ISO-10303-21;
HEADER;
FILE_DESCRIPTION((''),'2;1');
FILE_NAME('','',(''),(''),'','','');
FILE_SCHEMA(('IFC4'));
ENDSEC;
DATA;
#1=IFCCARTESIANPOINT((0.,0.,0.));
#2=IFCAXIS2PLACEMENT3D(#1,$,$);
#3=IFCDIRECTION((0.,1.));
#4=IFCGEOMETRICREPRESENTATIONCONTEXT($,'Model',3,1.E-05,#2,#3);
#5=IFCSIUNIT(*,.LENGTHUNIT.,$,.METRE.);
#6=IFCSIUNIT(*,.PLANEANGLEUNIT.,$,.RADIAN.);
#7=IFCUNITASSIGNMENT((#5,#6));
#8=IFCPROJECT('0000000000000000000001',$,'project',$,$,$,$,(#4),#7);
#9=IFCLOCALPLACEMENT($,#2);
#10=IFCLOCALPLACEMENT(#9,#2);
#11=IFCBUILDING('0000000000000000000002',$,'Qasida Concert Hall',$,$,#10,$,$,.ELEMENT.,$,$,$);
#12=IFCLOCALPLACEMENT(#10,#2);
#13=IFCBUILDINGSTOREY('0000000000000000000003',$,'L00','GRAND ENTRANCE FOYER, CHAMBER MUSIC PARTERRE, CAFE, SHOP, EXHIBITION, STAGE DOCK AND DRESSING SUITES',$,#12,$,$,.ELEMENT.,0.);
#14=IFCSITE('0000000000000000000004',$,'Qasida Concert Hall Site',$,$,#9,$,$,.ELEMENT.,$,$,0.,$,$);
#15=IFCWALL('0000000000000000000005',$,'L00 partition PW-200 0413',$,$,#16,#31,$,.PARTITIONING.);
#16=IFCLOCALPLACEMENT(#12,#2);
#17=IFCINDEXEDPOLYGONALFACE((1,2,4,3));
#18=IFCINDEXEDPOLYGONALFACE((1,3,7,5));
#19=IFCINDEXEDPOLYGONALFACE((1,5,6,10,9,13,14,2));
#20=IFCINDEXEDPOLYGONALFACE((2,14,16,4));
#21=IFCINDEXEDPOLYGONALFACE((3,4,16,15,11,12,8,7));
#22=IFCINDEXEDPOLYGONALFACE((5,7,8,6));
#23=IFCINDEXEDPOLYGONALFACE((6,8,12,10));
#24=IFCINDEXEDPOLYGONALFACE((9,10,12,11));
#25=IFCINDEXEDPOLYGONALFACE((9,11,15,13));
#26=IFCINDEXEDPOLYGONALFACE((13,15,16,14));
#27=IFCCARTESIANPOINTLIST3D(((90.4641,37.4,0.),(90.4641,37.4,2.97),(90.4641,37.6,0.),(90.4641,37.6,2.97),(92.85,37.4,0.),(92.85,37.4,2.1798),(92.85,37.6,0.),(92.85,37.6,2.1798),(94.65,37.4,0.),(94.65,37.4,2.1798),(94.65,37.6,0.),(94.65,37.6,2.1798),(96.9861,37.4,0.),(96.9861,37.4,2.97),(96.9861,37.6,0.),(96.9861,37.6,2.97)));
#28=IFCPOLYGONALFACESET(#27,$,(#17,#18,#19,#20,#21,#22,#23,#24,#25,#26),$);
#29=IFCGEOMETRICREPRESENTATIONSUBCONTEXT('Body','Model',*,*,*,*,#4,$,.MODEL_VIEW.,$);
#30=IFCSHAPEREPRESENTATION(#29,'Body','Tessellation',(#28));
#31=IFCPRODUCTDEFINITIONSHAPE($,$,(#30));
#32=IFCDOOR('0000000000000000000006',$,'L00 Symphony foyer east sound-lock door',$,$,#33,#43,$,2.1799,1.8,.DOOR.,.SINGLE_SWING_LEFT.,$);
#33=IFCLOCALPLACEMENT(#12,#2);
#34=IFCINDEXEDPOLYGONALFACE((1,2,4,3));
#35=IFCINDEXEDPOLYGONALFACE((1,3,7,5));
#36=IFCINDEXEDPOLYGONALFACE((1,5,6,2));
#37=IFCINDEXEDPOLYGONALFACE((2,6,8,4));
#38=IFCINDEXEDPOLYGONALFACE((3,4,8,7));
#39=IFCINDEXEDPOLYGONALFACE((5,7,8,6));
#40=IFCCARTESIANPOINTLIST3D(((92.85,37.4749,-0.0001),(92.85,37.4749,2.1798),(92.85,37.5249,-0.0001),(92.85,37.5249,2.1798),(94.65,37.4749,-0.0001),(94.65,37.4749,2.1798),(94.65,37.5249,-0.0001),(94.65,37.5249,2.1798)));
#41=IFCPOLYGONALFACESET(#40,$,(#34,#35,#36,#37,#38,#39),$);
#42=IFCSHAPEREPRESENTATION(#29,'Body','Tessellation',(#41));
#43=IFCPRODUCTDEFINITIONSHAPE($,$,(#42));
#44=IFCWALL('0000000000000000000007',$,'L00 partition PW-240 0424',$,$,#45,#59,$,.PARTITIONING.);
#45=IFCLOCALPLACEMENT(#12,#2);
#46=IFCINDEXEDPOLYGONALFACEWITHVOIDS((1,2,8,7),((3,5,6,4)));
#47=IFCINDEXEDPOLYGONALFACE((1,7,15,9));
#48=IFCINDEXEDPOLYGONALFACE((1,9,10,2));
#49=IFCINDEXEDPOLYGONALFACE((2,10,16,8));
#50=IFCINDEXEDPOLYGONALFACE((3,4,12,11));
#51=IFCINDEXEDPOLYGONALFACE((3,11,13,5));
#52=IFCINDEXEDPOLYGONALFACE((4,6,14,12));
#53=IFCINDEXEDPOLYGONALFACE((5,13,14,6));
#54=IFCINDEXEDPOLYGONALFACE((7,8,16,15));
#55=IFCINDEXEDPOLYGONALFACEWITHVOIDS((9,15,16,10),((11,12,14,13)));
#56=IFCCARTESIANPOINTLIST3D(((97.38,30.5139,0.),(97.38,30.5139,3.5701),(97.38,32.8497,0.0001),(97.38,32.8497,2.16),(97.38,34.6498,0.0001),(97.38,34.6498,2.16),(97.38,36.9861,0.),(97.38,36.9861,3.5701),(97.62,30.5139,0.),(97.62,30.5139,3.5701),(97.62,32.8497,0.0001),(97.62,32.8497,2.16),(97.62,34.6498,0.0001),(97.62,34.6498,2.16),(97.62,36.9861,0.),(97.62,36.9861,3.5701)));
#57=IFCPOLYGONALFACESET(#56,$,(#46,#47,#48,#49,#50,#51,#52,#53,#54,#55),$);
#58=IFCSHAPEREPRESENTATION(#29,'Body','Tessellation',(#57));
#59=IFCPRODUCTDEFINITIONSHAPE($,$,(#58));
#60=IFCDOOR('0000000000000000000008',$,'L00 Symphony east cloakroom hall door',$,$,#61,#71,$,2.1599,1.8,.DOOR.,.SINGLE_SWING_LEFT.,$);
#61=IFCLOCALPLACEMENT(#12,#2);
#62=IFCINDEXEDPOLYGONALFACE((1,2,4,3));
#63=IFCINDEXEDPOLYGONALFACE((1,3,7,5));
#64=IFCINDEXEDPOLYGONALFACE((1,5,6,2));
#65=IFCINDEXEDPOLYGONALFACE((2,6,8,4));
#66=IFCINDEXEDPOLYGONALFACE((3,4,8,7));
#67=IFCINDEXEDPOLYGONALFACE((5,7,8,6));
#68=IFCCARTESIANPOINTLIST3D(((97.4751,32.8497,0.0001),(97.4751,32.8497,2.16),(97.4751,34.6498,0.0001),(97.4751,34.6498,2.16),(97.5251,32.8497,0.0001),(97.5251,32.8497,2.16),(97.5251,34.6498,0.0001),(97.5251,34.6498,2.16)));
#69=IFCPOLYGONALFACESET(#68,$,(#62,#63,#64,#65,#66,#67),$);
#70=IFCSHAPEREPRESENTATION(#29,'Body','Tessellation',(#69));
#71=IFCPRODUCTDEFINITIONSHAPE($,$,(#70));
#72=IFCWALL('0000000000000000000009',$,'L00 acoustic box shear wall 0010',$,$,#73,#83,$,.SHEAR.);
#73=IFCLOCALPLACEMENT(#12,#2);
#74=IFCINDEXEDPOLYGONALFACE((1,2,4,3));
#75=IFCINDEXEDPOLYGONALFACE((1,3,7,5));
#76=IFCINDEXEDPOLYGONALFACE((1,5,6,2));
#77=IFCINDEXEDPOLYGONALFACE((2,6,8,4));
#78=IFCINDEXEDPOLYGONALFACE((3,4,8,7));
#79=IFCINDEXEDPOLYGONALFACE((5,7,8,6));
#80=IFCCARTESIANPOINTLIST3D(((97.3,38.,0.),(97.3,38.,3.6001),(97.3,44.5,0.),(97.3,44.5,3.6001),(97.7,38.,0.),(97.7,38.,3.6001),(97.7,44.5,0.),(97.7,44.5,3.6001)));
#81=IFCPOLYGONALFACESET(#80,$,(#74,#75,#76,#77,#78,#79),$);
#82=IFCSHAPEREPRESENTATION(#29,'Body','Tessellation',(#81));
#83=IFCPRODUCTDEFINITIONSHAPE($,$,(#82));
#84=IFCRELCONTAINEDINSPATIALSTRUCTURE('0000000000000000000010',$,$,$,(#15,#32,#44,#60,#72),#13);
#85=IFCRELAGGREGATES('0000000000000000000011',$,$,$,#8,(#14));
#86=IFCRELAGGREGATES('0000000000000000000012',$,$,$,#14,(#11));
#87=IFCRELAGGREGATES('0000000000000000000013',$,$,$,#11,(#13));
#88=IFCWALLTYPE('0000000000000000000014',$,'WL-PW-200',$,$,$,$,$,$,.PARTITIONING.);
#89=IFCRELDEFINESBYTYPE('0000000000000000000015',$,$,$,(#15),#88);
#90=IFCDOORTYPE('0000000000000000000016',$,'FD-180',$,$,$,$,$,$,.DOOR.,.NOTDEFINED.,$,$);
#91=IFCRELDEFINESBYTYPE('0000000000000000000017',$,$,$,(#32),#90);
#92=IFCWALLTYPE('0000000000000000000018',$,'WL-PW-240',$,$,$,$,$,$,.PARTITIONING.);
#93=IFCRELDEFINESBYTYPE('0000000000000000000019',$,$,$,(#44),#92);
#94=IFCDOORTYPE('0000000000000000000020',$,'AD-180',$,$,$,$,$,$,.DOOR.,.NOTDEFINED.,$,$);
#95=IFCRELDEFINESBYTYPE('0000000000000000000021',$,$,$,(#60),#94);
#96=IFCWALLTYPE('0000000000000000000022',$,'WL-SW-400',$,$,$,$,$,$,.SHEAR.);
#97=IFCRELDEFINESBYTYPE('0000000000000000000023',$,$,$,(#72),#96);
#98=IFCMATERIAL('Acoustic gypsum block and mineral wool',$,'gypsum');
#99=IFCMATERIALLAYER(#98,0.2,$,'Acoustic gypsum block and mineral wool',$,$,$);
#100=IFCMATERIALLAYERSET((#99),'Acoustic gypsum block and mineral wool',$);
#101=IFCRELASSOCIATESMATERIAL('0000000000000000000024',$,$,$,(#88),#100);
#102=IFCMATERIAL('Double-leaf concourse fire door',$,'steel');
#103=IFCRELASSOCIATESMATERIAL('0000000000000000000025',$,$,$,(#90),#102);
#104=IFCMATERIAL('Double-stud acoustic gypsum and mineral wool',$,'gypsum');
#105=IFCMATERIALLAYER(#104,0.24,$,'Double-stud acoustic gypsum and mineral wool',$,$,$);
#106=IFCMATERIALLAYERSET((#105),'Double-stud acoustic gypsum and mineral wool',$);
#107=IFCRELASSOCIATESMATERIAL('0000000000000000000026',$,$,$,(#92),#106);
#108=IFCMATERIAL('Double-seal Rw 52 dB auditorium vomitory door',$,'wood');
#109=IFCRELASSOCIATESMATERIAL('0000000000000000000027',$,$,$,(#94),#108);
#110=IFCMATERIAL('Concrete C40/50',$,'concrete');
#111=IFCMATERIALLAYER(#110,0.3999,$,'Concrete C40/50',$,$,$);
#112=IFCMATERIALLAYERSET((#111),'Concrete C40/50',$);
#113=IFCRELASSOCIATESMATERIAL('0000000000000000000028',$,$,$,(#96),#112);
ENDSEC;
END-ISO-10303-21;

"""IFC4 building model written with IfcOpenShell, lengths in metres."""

from ifc_helpers import new_model, si_unit, direction, frame, frame_2d, origin, place, context, subcontext, project, spatial, rectangle, extrude, material, layer, layer_set, type_object, element, fill, save


model = new_model("IFC4")

# Units and contexts
model_context = context("Model", 3, precision=1e-05, world=origin(), true_north=direction((0.0, 1.0)))
body_context = subcontext(model_context, "Body", "Model", "MODEL_VIEW")
ifc_project = project(units=[si_unit("LENGTHUNIT", "METRE"), si_unit("PLANEANGLEUNIT", "RADIAN")], contexts=[model_context])

# Site, building, storey
site_placement = place(None, origin())
site = spatial("IfcSite", under=ifc_project, at=site_placement, Name="Qasida Concert Hall Site", CompositionType="ELEMENT", RefElevation=0.0)
building_placement = place(site_placement, origin())
building = spatial("IfcBuilding", under=site, at=building_placement, Name="Qasida Concert Hall", CompositionType="ELEMENT")
storey_placement = place(building_placement, origin())
storey = spatial("IfcBuildingStorey", under=building, at=storey_placement, Name="L00", Description="GRAND ENTRANCE FOYER, CHAMBER MUSIC PARTERRE, CAFE, SHOP, EXHIBITION, STAGE DOCK AND DRESSING SUITES", CompositionType="ELEMENT", Elevation=0.0)

# Shared definitions
ifc_material_1 = material(Name="Concrete C40/50", Category="concrete")

# Walls, openings, doors
ifc_material_2 = material(Name="Acoustic gypsum block and mineral wool", Category="gypsum")
ifc_layer_1 = layer(ifc_material_2, 0.2, Name="Acoustic gypsum block and mineral wool")
ifc_layer_set_1 = layer_set([ifc_layer_1], Name="Acoustic gypsum block and mineral wool")
wall_type_1 = type_object("IfcWallType", Name="WL-PW-200", PredefinedType="PARTITIONING", material=ifc_layer_set_1)
wall_1_placement = place(storey_placement, frame((90.4641, 37.5, 0.0), z_axis=(0.0, 0.0, 1.0), x_axis=(1.0, 0.0, 0.0)))
wall_1 = element("IfcWall", 1, at=wall_1_placement, inside=storey, type_object=wall_type_1, Name="L00 partition PW-200 0413", PredefinedType="PARTITIONING", context=body_context, shape_type="SweptSolid", body=[
    extrude(rectangle(XDim=6.522, YDim=0.2, at=frame_2d((3.261, 0.0))), origin(), (0.0, 0.0, 1.0), 2.97),
])
opening_1_placement = place(wall_1_placement, frame((2.386, 0.0, 0.0)))
opening_1 = element("IfcOpeningElement", 2, at=opening_1_placement, cuts=wall_1, PredefinedType="OPENING", context=body_context, shape_type="SweptSolid", body=[
    extrude(rectangle(XDim=1.8, YDim=2.1799, at=frame_2d((0.8999, 1.0898))), frame((0.0, 0.1099, 0.0), z_axis=(0.0, -1.0, 0.0), x_axis=(1.0, 0.0, 0.0)), (0.0, 0.0, 1.0), 0.22),
])
ifc_material_3 = material(Name="Double-leaf concourse fire door", Category="steel")
door_type_1 = type_object("IfcDoorType", Name="FD-180", OperationType="NOTDEFINED", PredefinedType="DOOR", material=ifc_material_3)
door_1_placement = place(opening_1_placement, origin())
door_1 = element("IfcDoor", 3, at=door_1_placement, inside=storey, type_object=door_type_1, Name="L00 Symphony foyer east sound-lock door", OperationType="SINGLE_SWING_LEFT", OverallHeight=2.1799, OverallWidth=1.8, PredefinedType="DOOR", context=body_context, shape_type="SweptSolid", body=[
    extrude(rectangle(XDim=1.8, YDim=2.1799, at=frame_2d((0.8999, 1.0898))), frame((0.0, 0.0249, 0.0), z_axis=(0.0, -1.0, 0.0), x_axis=(1.0, 0.0, 0.0)), (0.0, 0.0, 1.0), 0.05),
])
fill(opening_1, door_1)
ifc_material_4 = material(Name="Double-stud acoustic gypsum and mineral wool", Category="gypsum")
ifc_layer_2 = layer(ifc_material_4, 0.24, Name="Double-stud acoustic gypsum and mineral wool")
ifc_layer_set_2 = layer_set([ifc_layer_2], Name="Double-stud acoustic gypsum and mineral wool")
wall_type_2 = type_object("IfcWallType", Name="WL-PW-240", PredefinedType="PARTITIONING", material=ifc_layer_set_2)
wall_2_placement = place(storey_placement, frame((97.5, 30.5139, 0.0), z_axis=(0.0, 0.0, 1.0), x_axis=(0.0, 1.0, 0.0)))
wall_2 = element("IfcWall", 4, at=wall_2_placement, inside=storey, type_object=wall_type_2, Name="L00 partition PW-240 0424", PredefinedType="PARTITIONING", context=body_context, shape_type="SweptSolid", body=[
    extrude(rectangle(XDim=6.4722, YDim=0.24, at=frame_2d((3.2361, 0.0))), origin(), (0.0, 0.0, 1.0), 3.5701),
])
opening_2_placement = place(wall_2_placement, frame((2.3359, 0.0, 0.0)))
opening_2 = element("IfcOpeningElement", 5, at=opening_2_placement, cuts=wall_2, PredefinedType="OPENING", context=body_context, shape_type="SweptSolid", body=[
    extrude(rectangle(XDim=1.8, YDim=2.1599, at=frame_2d((0.8999, 1.0801))), frame((0.0, 0.1299, 0.0), z_axis=(0.0, -1.0, 0.0), x_axis=(1.0, 0.0, 0.0)), (0.0, 0.0, 1.0), 0.26),
])
ifc_material_5 = material(Name="Double-seal Rw 52 dB auditorium vomitory door", Category="wood")
door_type_2 = type_object("IfcDoorType", Name="AD-180", OperationType="NOTDEFINED", PredefinedType="DOOR", material=ifc_material_5)
door_2_placement = place(opening_2_placement, origin())
door_2 = element("IfcDoor", 6, at=door_2_placement, inside=storey, type_object=door_type_2, Name="L00 Symphony east cloakroom hall door", OperationType="SINGLE_SWING_LEFT", OverallHeight=2.1599, OverallWidth=1.8, PredefinedType="DOOR", context=body_context, shape_type="SweptSolid", body=[
    extrude(rectangle(XDim=1.8, YDim=2.1599, at=frame_2d((0.8999, 1.0801))), frame((0.0, 0.0249, 0.0), z_axis=(0.0, -1.0, 0.0), x_axis=(1.0, 0.0, 0.0)), (0.0, 0.0, 1.0), 0.05),
])
fill(opening_2, door_2)

# Wall
ifc_layer_3 = layer(ifc_material_1, 0.3999, Name="Concrete C40/50")
ifc_layer_set_3 = layer_set([ifc_layer_3], Name="Concrete C40/50")
wall_type_3 = type_object("IfcWallType", Name="WL-SW-400", PredefinedType="SHEAR", material=ifc_layer_set_3)
wall_3_placement = place(storey_placement, frame((97.5, 38.0, 0.0), z_axis=(0.0, 0.0, 1.0), x_axis=(0.0, 1.0, 0.0)))
element("IfcWall", 7, at=wall_3_placement, inside=storey, type_object=wall_type_3, Name="L00 acoustic box shear wall 0010", PredefinedType="SHEAR", context=body_context, shape_type="SweptSolid", body=[
    extrude(rectangle(XDim=6.5, YDim=0.3999, at=frame_2d((3.25, 0.0))), origin(), (0.0, 0.0, 1.0), 3.6001),
])

save(model, "model.ifc")
